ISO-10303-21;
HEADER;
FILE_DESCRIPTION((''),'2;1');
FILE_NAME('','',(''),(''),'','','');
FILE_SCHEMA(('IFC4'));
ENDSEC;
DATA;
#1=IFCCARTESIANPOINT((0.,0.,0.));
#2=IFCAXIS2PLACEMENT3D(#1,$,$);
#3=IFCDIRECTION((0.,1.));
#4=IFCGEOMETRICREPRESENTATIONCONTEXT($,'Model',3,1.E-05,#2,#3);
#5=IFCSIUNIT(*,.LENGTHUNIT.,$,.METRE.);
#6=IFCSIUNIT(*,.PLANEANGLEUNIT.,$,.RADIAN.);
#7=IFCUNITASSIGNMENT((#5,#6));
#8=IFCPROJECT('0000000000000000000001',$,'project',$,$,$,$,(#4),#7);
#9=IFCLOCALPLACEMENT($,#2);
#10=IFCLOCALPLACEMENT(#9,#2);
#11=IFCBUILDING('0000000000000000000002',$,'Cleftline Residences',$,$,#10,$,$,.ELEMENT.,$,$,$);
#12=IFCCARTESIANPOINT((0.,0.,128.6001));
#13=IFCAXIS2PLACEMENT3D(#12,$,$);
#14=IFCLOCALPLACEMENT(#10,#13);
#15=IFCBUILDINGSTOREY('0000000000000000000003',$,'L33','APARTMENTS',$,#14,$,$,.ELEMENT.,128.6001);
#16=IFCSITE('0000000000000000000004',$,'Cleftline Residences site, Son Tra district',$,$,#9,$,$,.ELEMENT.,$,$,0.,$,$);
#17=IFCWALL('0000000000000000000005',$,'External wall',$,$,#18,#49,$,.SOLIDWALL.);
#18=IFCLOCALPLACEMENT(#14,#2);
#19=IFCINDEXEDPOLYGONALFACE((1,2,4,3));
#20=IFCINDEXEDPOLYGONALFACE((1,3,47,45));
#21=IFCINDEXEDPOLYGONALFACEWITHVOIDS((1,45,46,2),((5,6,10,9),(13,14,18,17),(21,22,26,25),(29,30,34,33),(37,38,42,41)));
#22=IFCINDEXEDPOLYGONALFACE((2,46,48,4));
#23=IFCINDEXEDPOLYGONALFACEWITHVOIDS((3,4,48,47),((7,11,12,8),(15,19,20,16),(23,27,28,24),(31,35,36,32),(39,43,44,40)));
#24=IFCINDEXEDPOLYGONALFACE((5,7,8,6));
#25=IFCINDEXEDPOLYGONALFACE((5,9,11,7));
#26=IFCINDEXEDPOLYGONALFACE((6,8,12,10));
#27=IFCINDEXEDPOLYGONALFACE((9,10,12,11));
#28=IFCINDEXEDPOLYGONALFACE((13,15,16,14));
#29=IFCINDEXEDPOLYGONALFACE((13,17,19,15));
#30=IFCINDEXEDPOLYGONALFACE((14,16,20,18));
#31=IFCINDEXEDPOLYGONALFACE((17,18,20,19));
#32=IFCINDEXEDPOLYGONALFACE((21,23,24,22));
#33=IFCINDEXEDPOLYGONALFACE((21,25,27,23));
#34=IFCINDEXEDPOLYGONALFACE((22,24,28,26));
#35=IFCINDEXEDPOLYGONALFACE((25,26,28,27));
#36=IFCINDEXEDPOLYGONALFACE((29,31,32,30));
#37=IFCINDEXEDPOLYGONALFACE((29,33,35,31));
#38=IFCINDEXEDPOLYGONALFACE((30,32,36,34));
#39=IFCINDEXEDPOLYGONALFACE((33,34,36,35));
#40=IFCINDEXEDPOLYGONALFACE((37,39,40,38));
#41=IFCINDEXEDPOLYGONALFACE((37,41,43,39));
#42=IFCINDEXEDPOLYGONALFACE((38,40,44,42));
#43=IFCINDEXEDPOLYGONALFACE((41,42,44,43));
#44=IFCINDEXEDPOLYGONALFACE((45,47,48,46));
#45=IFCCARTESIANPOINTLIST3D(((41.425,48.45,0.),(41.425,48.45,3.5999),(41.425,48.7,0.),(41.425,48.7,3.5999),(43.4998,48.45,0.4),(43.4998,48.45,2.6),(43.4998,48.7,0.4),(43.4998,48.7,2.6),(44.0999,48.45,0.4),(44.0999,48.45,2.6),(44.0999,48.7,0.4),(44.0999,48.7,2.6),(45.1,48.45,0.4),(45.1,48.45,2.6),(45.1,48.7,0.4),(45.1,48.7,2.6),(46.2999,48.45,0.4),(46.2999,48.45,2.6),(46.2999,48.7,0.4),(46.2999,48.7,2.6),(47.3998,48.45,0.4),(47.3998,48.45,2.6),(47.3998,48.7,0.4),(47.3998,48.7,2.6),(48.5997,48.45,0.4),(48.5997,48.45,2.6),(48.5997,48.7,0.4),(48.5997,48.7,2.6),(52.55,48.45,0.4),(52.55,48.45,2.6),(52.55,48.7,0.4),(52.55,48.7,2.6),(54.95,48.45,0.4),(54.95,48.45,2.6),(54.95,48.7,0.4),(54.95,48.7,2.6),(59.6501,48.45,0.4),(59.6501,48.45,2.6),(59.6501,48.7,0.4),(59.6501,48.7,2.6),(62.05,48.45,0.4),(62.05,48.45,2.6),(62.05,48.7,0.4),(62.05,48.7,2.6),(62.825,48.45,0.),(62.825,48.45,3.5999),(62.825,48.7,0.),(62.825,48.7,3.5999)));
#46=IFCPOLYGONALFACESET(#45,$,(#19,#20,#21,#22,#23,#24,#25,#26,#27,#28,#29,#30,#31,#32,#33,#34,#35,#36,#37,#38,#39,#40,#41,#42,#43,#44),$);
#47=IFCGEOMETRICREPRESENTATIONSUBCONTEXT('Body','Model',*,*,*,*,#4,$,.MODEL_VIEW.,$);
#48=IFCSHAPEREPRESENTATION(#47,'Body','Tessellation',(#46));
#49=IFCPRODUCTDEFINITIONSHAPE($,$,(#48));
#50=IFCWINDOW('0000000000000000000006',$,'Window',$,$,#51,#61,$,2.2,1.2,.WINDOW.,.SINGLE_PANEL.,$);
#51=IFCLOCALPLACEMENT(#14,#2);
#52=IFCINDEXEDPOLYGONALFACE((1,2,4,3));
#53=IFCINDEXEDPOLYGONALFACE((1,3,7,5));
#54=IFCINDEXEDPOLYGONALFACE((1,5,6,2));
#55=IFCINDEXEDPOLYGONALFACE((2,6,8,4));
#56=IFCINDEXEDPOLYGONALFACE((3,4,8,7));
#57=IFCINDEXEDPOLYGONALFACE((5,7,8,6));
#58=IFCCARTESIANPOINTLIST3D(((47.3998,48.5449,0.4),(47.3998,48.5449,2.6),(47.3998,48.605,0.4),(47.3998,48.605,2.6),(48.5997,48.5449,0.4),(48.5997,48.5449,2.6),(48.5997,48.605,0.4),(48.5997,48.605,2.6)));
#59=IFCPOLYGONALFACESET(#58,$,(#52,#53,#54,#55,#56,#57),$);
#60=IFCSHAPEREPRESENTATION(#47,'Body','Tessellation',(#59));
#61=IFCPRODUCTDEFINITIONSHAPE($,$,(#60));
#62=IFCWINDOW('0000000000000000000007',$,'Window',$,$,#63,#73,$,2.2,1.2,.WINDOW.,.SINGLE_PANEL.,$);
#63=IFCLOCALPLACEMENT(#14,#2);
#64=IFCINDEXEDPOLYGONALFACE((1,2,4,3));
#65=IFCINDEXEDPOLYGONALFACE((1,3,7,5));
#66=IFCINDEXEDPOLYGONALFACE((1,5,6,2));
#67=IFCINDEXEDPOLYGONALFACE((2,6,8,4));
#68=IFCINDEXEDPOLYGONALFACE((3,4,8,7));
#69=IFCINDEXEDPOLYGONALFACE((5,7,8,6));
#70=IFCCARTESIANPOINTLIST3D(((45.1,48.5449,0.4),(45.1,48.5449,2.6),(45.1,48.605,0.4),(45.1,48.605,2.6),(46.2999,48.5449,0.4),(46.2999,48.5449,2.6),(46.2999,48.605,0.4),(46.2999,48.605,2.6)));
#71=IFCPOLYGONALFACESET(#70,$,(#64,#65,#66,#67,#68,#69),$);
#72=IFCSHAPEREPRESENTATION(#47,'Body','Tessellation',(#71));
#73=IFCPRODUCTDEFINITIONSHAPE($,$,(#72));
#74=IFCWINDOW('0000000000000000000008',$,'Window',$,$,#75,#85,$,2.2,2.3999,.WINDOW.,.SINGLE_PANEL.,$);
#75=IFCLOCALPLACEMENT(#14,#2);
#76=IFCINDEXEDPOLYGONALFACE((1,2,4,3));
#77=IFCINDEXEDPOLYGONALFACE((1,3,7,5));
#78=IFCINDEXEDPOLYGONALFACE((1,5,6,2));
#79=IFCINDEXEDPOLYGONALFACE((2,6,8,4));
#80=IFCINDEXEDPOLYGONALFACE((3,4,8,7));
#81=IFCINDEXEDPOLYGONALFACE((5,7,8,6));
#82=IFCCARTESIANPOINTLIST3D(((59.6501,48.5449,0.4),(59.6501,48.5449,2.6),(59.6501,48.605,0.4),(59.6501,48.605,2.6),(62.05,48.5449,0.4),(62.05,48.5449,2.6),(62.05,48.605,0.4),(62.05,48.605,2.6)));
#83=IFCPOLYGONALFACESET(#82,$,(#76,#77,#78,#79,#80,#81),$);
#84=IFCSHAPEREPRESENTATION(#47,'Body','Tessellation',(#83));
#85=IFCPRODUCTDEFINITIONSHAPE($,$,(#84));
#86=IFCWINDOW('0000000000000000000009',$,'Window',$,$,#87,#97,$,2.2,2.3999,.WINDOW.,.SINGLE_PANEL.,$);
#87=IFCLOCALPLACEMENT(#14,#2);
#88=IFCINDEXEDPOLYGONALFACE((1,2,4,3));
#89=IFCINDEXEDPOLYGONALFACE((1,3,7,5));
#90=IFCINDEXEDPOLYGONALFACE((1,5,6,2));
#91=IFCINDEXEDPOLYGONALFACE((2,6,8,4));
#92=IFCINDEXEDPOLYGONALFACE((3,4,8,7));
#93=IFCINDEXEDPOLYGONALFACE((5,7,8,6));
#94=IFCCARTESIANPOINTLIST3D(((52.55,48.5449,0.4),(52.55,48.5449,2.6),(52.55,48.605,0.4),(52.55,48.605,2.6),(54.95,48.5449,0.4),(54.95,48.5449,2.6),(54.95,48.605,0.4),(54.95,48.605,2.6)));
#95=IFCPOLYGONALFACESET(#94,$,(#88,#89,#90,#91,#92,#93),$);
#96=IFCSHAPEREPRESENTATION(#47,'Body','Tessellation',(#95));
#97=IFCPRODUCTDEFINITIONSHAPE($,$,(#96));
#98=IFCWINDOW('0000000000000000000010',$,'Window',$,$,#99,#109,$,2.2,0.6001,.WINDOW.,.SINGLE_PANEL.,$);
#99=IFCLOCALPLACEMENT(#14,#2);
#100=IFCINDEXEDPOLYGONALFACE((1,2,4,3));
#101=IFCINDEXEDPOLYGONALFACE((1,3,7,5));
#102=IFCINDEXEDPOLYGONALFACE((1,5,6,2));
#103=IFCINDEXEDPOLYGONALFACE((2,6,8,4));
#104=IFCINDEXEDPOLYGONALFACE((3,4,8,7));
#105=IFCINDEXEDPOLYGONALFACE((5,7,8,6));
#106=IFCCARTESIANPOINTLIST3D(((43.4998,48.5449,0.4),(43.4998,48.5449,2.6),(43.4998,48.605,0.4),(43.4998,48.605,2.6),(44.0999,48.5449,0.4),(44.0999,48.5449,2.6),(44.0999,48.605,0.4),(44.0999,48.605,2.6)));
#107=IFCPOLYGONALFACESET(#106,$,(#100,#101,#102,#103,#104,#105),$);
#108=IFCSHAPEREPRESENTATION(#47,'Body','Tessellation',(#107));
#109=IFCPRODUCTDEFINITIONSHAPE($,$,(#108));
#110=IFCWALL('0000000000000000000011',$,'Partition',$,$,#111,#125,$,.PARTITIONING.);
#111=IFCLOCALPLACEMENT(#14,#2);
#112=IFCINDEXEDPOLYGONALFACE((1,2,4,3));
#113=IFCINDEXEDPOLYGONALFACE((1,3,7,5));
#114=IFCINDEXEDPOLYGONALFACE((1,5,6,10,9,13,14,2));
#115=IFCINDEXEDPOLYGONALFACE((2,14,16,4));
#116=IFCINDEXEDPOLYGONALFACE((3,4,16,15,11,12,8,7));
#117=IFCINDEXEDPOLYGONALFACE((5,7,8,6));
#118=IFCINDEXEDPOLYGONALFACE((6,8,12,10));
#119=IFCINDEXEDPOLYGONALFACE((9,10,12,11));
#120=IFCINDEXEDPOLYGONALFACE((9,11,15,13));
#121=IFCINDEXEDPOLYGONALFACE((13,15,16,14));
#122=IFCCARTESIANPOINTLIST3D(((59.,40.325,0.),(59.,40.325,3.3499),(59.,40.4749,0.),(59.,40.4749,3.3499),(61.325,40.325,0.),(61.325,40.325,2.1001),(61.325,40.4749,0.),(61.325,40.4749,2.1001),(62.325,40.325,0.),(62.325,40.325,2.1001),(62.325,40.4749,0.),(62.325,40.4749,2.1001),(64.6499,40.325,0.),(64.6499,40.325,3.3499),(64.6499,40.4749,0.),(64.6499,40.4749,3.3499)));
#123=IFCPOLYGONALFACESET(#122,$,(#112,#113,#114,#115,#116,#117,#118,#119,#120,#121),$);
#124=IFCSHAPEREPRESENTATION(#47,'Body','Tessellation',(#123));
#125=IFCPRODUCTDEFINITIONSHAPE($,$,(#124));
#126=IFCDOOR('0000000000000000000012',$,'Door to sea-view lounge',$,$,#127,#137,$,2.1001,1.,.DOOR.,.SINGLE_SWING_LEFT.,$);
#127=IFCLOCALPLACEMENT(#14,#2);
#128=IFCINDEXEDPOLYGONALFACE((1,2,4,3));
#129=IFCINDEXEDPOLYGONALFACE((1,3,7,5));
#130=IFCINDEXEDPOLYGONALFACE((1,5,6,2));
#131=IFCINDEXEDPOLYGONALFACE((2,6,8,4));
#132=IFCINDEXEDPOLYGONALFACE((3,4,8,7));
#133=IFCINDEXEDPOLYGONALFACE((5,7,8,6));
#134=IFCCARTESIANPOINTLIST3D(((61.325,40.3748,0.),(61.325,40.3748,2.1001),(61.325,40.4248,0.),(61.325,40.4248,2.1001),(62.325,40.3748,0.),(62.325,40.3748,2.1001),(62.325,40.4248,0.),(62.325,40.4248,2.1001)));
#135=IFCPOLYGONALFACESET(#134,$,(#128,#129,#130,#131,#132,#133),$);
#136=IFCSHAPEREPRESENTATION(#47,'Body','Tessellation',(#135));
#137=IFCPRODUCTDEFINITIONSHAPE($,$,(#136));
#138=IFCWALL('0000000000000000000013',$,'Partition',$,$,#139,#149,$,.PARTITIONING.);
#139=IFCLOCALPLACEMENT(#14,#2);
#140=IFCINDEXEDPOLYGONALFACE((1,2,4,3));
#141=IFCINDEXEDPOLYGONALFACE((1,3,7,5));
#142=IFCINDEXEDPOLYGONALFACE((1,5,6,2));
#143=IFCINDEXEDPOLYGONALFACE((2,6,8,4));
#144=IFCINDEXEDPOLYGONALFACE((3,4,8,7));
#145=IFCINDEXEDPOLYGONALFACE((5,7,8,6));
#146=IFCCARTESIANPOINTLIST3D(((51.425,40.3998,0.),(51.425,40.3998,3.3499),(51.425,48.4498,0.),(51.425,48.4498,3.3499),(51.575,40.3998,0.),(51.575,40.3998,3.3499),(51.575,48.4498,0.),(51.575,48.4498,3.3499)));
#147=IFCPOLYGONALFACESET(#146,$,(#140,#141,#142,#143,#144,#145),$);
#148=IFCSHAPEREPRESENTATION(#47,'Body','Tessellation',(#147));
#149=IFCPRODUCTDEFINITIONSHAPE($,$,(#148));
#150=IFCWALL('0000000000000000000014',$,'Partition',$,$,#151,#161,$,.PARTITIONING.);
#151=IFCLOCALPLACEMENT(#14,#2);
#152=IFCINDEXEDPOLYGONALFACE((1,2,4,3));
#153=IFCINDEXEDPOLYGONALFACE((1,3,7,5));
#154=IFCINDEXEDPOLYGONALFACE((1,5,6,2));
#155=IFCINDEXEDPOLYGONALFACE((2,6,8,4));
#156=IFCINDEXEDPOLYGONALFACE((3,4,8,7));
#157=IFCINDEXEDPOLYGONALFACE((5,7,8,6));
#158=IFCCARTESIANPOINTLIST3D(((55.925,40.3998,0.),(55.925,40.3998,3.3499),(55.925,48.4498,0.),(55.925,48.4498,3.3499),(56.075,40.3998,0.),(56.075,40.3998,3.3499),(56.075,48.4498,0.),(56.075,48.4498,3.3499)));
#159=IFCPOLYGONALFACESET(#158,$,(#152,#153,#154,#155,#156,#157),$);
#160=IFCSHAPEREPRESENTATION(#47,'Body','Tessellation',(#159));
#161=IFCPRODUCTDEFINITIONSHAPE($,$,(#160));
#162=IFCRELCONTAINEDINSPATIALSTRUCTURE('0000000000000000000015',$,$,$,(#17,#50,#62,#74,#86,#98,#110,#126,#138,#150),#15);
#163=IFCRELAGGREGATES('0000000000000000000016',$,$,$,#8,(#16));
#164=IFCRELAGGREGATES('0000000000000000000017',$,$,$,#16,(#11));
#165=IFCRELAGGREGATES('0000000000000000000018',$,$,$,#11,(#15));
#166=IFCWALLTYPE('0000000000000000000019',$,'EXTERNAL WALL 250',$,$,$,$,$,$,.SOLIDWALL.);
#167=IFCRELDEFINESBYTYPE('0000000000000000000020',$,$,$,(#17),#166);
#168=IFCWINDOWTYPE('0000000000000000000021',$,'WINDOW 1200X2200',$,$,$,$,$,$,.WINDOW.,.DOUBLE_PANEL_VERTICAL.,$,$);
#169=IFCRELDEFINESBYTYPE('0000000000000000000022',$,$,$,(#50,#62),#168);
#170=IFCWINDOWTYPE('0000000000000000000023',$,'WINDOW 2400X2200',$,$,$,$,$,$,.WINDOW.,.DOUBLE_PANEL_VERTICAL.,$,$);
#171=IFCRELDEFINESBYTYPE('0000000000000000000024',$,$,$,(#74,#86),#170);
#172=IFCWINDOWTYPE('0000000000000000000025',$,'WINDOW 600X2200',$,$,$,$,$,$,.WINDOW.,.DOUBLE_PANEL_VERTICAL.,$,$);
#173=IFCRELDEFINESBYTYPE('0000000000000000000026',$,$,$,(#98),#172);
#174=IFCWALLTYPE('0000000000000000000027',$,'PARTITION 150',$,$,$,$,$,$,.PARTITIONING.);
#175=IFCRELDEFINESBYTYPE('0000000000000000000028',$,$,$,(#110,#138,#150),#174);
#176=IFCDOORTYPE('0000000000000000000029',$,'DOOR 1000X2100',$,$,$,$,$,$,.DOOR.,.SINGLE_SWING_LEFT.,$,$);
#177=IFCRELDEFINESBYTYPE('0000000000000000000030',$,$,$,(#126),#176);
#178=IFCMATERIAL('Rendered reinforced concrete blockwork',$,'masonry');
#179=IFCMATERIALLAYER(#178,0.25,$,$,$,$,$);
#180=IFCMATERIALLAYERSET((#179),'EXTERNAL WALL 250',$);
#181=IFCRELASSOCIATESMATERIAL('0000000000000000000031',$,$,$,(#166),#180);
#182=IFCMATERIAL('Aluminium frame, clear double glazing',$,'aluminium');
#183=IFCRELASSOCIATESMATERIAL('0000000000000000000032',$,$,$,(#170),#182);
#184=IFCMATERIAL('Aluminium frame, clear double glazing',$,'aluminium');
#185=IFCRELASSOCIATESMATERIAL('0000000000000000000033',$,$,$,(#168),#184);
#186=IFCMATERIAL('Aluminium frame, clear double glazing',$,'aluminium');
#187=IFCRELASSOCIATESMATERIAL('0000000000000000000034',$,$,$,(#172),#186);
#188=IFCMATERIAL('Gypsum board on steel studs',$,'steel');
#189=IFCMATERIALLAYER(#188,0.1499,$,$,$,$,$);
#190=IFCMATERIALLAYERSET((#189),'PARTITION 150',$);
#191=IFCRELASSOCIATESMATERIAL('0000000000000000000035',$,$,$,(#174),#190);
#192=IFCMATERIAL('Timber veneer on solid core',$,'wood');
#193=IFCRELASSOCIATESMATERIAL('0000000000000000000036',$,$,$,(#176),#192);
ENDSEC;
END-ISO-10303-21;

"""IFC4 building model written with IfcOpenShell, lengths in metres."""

from ifc_helpers import new_model, si_unit, direction, frame, frame_2d, origin, place, context, subcontext, project, spatial, rectangle, extrude, material, layer, layer_set, type_object, element, fill, save


model = new_model("IFC4")

# Units and contexts
model_context = context("Model", 3, precision=1e-05, world=origin(), true_north=direction((0.0, 1.0)))
body_context = subcontext(model_context, "Body", "Model", "MODEL_VIEW")
ifc_project = project(units=[si_unit("LENGTHUNIT", "METRE"), si_unit("PLANEANGLEUNIT", "RADIAN")], contexts=[model_context])

# Site, building, storey
site_placement = place(None, origin())
site = spatial("IfcSite", under=ifc_project, at=site_placement, Name="Cleftline Residences site, Son Tra district", CompositionType="ELEMENT", RefElevation=0.0)
building_placement = place(site_placement, origin())
building = spatial("IfcBuilding", under=site, at=building_placement, Name="Cleftline Residences", CompositionType="ELEMENT")
storey_placement = place(building_placement, frame((0.0, 0.0, 128.6001)))
storey = spatial("IfcBuildingStorey", under=building, at=storey_placement, Name="L33", Description="APARTMENTS", CompositionType="ELEMENT", Elevation=128.6001)

# Shared definitions
ifc_material_1 = material(Name="Rendered reinforced concrete blockwork", Category="masonry")
ifc_layer_1 = layer(ifc_material_1, 0.25)
ifc_layer_set_1 = layer_set([ifc_layer_1], Name="EXTERNAL WALL 250")
wall_type_1 = type_object("IfcWallType", Name="EXTERNAL WALL 250", PredefinedType="SOLIDWALL", material=ifc_layer_set_1)
ifc_material_2 = material(Name="Aluminium frame, clear double glazing", Category="aluminium")
window_type_1 = type_object("IfcWindowType", Name="WINDOW 2400X2200", PartitioningType="DOUBLE_PANEL_VERTICAL", PredefinedType="WINDOW", material=ifc_material_2)

# Wall, openings, windows
wall_1_placement = place(storey_placement, frame((62.825, 48.575, 0.0), z_axis=(0.0, 0.0, 1.0), x_axis=(-1.0, 0.0, 0.0)))
wall_1 = element("IfcWall", 1, at=wall_1_placement, inside=storey, type_object=wall_type_1, Name="External wall", PredefinedType="SOLIDWALL", context=body_context, shape_type="SweptSolid", body=[
    extrude(rectangle(XDim=21.3999, YDim=0.25, at=frame_2d((10.7, 0.0))), origin(), (0.0, 0.0, 1.0), 3.5999),
])
opening_1_placement = place(wall_1_placement, frame((0.7749, 0.0, 0.3999)))
opening_1 = element("IfcOpeningElement", 2, at=opening_1_placement, cuts=wall_1, PredefinedType="OPENING", context=body_context, shape_type="SweptSolid", body=[
    extrude(rectangle(XDim=2.3999, YDim=2.2, at=frame_2d((1.2, 1.1001))), frame((0.0, 0.135, 0.0), z_axis=(0.0, -1.0, 0.0), x_axis=(1.0, 0.0, 0.0)), (0.0, 0.0, 1.0), 0.27),
])
opening_2_placement = place(wall_1_placement, frame((7.875, 0.0, 0.3999)))
opening_2 = element("IfcOpeningElement", 3, at=opening_2_placement, cuts=wall_1, PredefinedType="OPENING", context=body_context, shape_type="SweptSolid", body=[
    extrude(rectangle(XDim=2.3999, YDim=2.2, at=frame_2d((1.2, 1.1001))), frame((0.0, 0.135, 0.0), z_axis=(0.0, -1.0, 0.0), x_axis=(1.0, 0.0, 0.0)), (0.0, 0.0, 1.0), 0.27),
])
opening_3_placement = place(wall_1_placement, frame((14.2251, 0.0, 0.3999)))
opening_3 = element("IfcOpeningElement", 4, at=opening_3_placement, cuts=wall_1, PredefinedType="OPENING", context=body_context, shape_type="SweptSolid", body=[
    extrude(rectangle(XDim=1.2, YDim=2.2, at=frame_2d((0.6001, 1.1001))), frame((0.0, 0.135, 0.0), z_axis=(0.0, -1.0, 0.0), x_axis=(1.0, 0.0, 0.0)), (0.0, 0.0, 1.0), 0.27),
])
opening_4_placement = place(wall_1_placement, frame((16.5249, 0.0, 0.3999)))
opening_4 = element("IfcOpeningElement", 5, at=opening_4_placement, cuts=wall_1, PredefinedType="OPENING", context=body_context, shape_type="SweptSolid", body=[
    extrude(rectangle(XDim=1.2, YDim=2.2, at=frame_2d((0.6001, 1.1001))), frame((0.0, 0.135, 0.0), z_axis=(0.0, -1.0, 0.0), x_axis=(1.0, 0.0, 0.0)), (0.0, 0.0, 1.0), 0.27),
])
opening_5_placement = place(wall_1_placement, frame((18.7251, 0.0, 0.3999)))
opening_5 = element("IfcOpeningElement", 6, at=opening_5_placement, cuts=wall_1, PredefinedType="OPENING", context=body_context, shape_type="SweptSolid", body=[
    extrude(rectangle(XDim=0.6001, YDim=2.2, at=frame_2d((0.3, 1.1001))), frame((0.0, 0.135, 0.0), z_axis=(0.0, -1.0, 0.0), x_axis=(1.0, 0.0, 0.0)), (0.0, 0.0, 1.0), 0.27),
])
ifc_material_3 = material(Name="Aluminium frame, clear double glazing", Category="aluminium")
window_type_2 = type_object("IfcWindowType", Name="WINDOW 1200X2200", PartitioningType="DOUBLE_PANEL_VERTICAL", PredefinedType="WINDOW", material=ifc_material_3)
window_1_placement = place(opening_3_placement, origin())
window_1 = element("IfcWindow", 7, at=window_1_placement, inside=storey, type_object=window_type_2, Name="Window", OverallHeight=2.2, OverallWidth=1.2, PartitioningType="SINGLE_PANEL", PredefinedType="WINDOW", context=body_context, shape_type="SweptSolid", body=[
    extrude(rectangle(XDim=1.2, YDim=2.2, at=frame_2d((0.6001, 1.1001))), frame((0.0, 0.03, 0.0), z_axis=(0.0, -1.0, 0.0), x_axis=(1.0, 0.0, 0.0)), (0.0, 0.0, 1.0), 0.0601),
])
fill(opening_3, window_1)
window_2_placement = place(opening_4_placement, origin())
window_2 = element("IfcWindow", 8, at=window_2_placement, inside=storey, type_object=window_type_2, Name="Window", OverallHeight=2.2, OverallWidth=1.2, PartitioningType="SINGLE_PANEL", PredefinedType="WINDOW", context=body_context, shape_type="SweptSolid", body=[
    extrude(rectangle(XDim=1.2, YDim=2.2, at=frame_2d((0.6001, 1.1001))), frame((0.0, 0.03, 0.0), z_axis=(0.0, -1.0, 0.0), x_axis=(1.0, 0.0, 0.0)), (0.0, 0.0, 1.0), 0.0601),
])
fill(opening_4, window_2)
window_3_placement = place(opening_1_placement, origin())
window_3 = element("IfcWindow", 9, at=window_3_placement, inside=storey, type_object=window_type_1, Name="Window", OverallHeight=2.2, OverallWidth=2.3999, PartitioningType="SINGLE_PANEL", PredefinedType="WINDOW", context=body_context, shape_type="SweptSolid", body=[
    extrude(rectangle(XDim=2.3999, YDim=2.2, at=frame_2d((1.2, 1.1001))), frame((0.0, 0.03, 0.0), z_axis=(0.0, -1.0, 0.0), x_axis=(1.0, 0.0, 0.0)), (0.0, 0.0, 1.0), 0.0601),
])
fill(opening_1, window_3)
window_4_placement = place(opening_2_placement, origin())
window_4 = element("IfcWindow", 10, at=window_4_placement, inside=storey, type_object=window_type_1, Name="Window", OverallHeight=2.2, OverallWidth=2.3999, PartitioningType="SINGLE_PANEL", PredefinedType="WINDOW", context=body_context, shape_type="SweptSolid", body=[
    extrude(rectangle(XDim=2.3999, YDim=2.2, at=frame_2d((1.2, 1.1001))), frame((0.0, 0.03, 0.0), z_axis=(0.0, -1.0, 0.0), x_axis=(1.0, 0.0, 0.0)), (0.0, 0.0, 1.0), 0.0601),
])
fill(opening_2, window_4)
ifc_material_4 = material(Name="Aluminium frame, clear double glazing", Category="aluminium")
window_type_3 = type_object("IfcWindowType", Name="WINDOW 600X2200", PartitioningType="DOUBLE_PANEL_VERTICAL", PredefinedType="WINDOW", material=ifc_material_4)
window_5_placement = place(opening_5_placement, origin())
window_5 = element("IfcWindow", 11, at=window_5_placement, inside=storey, type_object=window_type_3, Name="Window", OverallHeight=2.2, OverallWidth=0.6001, PartitioningType="SINGLE_PANEL", PredefinedType="WINDOW", context=body_context, shape_type="SweptSolid", body=[
    extrude(rectangle(XDim=0.6001, YDim=2.2, at=frame_2d((0.3, 1.1001))), frame((0.0, 0.03, 0.0), z_axis=(0.0, -1.0, 0.0), x_axis=(1.0, 0.0, 0.0)), (0.0, 0.0, 1.0), 0.0601),
])
fill(opening_5, window_5)

# Wall, opening, door
ifc_material_5 = material(Name="Gypsum board on steel studs", Category="steel")
ifc_layer_2 = layer(ifc_material_5, 0.1499)
ifc_layer_set_2 = layer_set([ifc_layer_2], Name="PARTITION 150")
wall_type_2 = type_object("IfcWallType", Name="PARTITION 150", PredefinedType="PARTITIONING", material=ifc_layer_set_2)
wall_2_placement = place(storey_placement, frame((59.0, 40.3999, 0.0), z_axis=(0.0, 0.0, 1.0), x_axis=(1.0, 0.0, 0.0)))
wall_2 = element("IfcWall", 12, at=wall_2_placement, inside=storey, type_object=wall_type_2, Name="Partition", PredefinedType="PARTITIONING", context=body_context, shape_type="SweptSolid", body=[
    extrude(rectangle(XDim=5.6499, YDim=0.1499, at=frame_2d((2.825, 0.0))), origin(), (0.0, 0.0, 1.0), 3.3499),
])
opening_6_placement = place(wall_2_placement, frame((2.325, 0.0, 0.0)))
opening_6 = element("IfcOpeningElement", 13, at=opening_6_placement, cuts=wall_2, PredefinedType="OPENING", context=body_context, shape_type="SweptSolid", body=[
    extrude(rectangle(XDim=1.0, YDim=2.1001, at=frame_2d((0.5, 1.05))), frame((0.0, 0.085, 0.0), z_axis=(0.0, -1.0, 0.0), x_axis=(1.0, 0.0, 0.0)), (0.0, 0.0, 1.0), 0.1699),
])
ifc_material_6 = material(Name="Timber veneer on solid core", Category="wood")
door_type = type_object("IfcDoorType", Name="DOOR 1000X2100", OperationType="SINGLE_SWING_LEFT", PredefinedType="DOOR", material=ifc_material_6)
door_placement = place(opening_6_placement, origin())
door = element("IfcDoor", 14, at=door_placement, inside=storey, type_object=door_type, Name="Door to sea-view lounge", OperationType="SINGLE_SWING_LEFT", OverallHeight=2.1001, OverallWidth=1.0, PredefinedType="DOOR", context=body_context, shape_type="SweptSolid", body=[
    extrude(rectangle(XDim=1.0, YDim=2.1001, at=frame_2d((0.5, 1.05))), frame((0.0, 0.0249, 0.0), z_axis=(0.0, -1.0, 0.0), x_axis=(1.0, 0.0, 0.0)), (0.0, 0.0, 1.0), 0.05),
])
fill(opening_6, door)

# Walls
for number, where, z_axis, x_axis, name in (
    (15, (51.5, 40.3999, 0.0), (0.0, 0.0, 1.0), (0.0, 1.0, 0.0), "Partition"),
    (16, (56.0, 40.3999, 0.0), (0.0, 0.0, 1.0), (0.0, 1.0, 0.0), "Partition"),
):
    element("IfcWall", number, at=place(storey_placement, frame(where, z_axis=z_axis, x_axis=x_axis)), inside=storey, type_object=wall_type_2, Name=name, PredefinedType="PARTITIONING", context=body_context, shape_type="SweptSolid", body=[
        extrude(rectangle(XDim=8.05, YDim=0.1499, at=frame_2d((4.0249, 0.0))), origin(), (0.0, 0.0, 1.0), 3.3499),
    ])

save(model, "model.ifc")
